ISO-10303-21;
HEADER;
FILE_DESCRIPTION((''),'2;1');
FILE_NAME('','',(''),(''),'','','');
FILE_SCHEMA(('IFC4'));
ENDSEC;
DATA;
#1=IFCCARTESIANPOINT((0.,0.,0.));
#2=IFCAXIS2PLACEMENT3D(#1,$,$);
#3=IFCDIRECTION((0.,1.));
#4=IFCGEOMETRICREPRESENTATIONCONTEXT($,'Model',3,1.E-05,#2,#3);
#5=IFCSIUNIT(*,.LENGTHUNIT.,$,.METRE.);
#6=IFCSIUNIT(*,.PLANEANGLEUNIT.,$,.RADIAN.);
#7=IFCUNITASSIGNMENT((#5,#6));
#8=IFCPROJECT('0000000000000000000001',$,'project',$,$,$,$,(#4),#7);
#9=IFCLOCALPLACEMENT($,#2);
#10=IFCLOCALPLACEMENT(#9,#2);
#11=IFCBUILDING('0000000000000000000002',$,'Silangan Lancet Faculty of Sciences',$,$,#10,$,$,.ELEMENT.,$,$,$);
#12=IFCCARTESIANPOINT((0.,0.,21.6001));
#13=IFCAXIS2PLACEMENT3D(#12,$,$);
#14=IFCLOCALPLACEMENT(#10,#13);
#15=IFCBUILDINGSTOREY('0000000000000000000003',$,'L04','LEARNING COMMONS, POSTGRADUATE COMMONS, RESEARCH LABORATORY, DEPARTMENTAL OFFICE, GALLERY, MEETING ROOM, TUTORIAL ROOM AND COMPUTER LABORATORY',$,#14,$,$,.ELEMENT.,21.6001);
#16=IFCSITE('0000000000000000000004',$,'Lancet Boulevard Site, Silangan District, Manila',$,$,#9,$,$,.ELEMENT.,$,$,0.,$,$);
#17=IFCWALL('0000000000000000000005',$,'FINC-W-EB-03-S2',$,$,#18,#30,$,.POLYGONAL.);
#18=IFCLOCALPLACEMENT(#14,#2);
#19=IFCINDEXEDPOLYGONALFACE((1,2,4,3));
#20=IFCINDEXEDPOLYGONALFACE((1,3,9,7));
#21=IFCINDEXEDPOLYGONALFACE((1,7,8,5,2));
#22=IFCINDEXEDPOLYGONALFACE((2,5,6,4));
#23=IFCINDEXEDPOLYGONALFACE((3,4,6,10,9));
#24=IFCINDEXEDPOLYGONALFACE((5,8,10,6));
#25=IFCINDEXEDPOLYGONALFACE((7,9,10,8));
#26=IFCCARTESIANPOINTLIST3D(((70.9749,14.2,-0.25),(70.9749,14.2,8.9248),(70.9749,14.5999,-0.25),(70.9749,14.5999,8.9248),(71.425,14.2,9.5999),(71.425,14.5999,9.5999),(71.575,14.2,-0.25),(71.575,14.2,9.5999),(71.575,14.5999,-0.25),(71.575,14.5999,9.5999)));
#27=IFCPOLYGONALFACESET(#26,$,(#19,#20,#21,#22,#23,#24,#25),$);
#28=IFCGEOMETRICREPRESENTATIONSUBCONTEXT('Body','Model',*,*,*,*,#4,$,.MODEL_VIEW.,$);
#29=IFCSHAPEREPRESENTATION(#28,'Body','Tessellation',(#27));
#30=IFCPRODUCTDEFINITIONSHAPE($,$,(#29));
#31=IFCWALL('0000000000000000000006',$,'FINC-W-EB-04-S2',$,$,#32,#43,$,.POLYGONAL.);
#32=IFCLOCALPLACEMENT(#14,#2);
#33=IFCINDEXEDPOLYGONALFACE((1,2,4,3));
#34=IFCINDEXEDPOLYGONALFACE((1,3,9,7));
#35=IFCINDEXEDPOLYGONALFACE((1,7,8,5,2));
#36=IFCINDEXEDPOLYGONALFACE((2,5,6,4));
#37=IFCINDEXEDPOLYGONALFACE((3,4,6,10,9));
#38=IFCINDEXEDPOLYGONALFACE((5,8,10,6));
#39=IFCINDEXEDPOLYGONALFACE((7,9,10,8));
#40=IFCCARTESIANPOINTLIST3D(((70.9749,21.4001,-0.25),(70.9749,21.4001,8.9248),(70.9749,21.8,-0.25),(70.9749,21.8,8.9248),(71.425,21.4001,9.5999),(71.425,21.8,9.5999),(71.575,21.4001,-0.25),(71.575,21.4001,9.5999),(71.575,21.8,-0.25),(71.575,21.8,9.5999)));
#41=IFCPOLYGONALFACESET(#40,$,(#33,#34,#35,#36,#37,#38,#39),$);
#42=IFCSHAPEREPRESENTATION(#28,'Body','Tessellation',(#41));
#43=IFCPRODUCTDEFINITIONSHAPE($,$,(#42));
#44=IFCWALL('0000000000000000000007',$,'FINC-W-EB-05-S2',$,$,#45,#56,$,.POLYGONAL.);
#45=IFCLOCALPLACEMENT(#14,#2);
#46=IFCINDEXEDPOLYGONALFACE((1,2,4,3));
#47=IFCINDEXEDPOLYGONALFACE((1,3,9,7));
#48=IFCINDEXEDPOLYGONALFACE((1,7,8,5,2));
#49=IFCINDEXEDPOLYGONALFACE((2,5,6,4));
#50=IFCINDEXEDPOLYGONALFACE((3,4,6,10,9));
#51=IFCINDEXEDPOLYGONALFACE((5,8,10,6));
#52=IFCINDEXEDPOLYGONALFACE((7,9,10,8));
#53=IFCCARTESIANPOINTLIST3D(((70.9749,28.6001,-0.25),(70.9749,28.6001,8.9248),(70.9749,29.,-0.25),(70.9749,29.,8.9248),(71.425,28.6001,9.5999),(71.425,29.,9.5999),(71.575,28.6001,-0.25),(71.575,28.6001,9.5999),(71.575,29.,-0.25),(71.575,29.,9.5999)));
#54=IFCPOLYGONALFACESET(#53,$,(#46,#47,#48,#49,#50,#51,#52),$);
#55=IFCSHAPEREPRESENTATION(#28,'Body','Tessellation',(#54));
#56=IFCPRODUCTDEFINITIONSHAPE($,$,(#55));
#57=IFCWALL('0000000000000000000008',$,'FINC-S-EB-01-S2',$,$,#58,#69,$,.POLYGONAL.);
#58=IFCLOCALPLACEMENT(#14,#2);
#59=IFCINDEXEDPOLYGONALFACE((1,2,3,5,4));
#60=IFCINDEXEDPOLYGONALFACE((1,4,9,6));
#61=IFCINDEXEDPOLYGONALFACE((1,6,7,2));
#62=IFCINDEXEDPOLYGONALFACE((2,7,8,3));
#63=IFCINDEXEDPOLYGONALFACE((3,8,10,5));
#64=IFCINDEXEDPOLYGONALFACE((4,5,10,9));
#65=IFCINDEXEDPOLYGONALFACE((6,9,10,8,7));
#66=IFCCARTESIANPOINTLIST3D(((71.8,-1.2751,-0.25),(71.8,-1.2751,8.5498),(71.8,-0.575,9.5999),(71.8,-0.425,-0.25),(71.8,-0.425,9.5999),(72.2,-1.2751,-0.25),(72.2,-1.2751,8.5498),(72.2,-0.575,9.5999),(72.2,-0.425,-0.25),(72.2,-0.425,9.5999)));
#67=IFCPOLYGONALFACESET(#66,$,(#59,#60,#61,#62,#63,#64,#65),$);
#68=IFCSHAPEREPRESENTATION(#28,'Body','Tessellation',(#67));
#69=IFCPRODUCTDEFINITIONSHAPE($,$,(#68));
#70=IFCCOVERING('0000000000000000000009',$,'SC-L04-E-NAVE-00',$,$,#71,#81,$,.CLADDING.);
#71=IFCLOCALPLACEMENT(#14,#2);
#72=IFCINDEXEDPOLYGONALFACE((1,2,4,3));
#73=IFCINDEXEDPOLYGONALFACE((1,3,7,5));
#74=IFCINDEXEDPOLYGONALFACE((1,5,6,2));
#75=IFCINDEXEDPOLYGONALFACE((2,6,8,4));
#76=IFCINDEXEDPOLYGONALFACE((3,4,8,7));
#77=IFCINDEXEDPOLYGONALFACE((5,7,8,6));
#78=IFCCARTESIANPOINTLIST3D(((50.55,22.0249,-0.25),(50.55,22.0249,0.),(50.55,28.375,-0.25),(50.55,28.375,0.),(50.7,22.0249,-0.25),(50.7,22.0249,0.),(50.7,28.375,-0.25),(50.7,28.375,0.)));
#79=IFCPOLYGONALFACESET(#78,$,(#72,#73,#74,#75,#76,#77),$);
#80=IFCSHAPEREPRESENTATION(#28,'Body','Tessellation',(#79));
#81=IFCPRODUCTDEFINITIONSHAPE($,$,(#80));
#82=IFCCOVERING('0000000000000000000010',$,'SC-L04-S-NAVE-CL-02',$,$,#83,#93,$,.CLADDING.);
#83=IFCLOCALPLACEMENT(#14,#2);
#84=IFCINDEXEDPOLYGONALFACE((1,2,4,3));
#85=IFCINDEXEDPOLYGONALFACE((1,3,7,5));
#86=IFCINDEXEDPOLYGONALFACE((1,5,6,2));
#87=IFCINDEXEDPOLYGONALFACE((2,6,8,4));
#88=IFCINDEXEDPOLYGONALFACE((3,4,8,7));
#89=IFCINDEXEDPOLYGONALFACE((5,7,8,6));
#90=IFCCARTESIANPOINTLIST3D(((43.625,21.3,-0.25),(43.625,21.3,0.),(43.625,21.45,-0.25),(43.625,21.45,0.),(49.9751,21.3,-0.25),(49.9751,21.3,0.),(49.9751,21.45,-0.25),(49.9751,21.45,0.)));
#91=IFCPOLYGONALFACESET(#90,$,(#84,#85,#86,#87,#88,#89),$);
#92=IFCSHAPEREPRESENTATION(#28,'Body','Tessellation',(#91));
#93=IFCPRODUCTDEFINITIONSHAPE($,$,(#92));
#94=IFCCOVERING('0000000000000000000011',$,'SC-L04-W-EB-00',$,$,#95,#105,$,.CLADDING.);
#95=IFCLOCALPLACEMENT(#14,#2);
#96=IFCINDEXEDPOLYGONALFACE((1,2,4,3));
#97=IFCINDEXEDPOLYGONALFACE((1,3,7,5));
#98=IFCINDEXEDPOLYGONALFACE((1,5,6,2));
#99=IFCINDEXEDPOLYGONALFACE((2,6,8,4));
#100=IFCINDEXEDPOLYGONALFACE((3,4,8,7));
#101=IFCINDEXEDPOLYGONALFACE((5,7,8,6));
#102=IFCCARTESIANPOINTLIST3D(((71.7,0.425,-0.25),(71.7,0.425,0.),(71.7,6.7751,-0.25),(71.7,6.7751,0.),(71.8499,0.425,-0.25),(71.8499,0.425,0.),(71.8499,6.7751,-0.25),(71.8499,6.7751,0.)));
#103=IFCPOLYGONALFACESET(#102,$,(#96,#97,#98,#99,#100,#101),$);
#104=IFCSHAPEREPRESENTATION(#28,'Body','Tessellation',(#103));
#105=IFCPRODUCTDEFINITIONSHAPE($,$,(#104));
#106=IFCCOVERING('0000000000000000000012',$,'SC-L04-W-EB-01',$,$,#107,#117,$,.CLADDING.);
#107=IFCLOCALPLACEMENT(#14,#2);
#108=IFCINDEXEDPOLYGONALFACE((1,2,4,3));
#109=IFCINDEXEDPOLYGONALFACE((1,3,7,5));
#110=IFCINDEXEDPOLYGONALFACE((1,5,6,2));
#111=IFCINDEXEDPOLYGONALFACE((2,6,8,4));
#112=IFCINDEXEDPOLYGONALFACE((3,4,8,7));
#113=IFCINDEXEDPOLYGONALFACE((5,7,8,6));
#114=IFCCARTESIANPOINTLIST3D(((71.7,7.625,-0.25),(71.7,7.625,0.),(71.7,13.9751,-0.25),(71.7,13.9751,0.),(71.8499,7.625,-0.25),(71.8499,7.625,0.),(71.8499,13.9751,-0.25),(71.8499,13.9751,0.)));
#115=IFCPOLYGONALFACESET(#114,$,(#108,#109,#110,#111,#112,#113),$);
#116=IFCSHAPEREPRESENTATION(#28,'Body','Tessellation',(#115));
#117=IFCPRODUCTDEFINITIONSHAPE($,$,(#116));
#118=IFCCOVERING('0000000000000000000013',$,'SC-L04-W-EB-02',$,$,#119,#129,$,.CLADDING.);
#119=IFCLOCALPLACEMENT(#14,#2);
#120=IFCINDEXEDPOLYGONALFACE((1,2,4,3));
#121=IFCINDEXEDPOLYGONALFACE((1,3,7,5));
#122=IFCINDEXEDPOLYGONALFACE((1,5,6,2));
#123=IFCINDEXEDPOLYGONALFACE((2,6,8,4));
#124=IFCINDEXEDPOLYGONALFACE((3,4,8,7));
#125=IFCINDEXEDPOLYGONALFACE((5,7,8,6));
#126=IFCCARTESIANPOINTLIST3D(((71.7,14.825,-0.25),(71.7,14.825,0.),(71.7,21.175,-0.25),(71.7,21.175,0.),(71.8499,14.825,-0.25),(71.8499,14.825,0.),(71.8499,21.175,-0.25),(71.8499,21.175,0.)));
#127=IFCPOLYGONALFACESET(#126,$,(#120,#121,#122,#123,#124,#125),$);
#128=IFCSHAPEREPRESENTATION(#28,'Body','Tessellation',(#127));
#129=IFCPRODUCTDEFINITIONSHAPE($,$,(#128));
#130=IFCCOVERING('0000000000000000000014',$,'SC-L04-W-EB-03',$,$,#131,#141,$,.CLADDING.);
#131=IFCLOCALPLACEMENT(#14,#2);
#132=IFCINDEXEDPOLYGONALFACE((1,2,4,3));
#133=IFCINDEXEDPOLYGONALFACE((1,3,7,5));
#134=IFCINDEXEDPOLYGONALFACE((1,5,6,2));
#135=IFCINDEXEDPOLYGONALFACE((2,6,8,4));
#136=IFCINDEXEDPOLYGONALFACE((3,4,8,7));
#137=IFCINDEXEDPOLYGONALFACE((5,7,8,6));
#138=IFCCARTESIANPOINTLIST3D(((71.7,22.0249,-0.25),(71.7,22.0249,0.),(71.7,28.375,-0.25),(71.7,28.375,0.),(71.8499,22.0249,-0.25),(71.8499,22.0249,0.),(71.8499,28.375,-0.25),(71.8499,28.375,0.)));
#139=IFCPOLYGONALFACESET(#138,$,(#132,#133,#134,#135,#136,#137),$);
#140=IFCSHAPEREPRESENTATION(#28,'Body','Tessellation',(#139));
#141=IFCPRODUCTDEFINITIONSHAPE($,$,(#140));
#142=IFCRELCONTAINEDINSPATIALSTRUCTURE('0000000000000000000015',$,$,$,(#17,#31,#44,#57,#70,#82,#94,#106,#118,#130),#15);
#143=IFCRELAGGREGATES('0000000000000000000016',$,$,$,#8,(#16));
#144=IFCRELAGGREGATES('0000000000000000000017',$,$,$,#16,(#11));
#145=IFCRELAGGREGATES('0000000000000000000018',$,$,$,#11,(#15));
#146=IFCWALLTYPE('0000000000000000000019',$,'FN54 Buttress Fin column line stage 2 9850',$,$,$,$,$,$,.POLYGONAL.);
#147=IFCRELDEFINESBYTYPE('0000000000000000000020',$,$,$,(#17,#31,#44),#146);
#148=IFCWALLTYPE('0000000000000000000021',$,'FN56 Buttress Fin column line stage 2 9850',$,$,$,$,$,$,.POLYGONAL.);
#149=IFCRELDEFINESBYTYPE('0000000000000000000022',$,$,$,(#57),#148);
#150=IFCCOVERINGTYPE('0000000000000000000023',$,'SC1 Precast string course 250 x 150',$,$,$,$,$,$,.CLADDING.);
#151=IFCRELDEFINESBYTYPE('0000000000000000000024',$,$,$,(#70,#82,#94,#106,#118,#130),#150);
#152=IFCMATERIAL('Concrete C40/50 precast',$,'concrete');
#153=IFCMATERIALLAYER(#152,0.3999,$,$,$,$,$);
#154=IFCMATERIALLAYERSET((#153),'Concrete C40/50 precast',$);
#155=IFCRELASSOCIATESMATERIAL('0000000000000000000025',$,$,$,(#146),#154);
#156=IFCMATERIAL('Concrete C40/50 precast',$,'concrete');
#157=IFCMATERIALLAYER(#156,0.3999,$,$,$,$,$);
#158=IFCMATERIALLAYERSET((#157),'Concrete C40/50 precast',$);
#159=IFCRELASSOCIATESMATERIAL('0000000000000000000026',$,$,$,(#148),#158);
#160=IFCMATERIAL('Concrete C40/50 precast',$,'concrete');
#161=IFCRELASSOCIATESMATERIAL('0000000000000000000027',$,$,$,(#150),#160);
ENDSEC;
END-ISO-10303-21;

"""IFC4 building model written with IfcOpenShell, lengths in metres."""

from ifc_helpers import new_model, si_unit, direction, frame, origin, origin_2d, place, context, subcontext, project, spatial, polyline, rectangle, outline, extrude, material, layer, layer_set, type_object, element, save


model = new_model("IFC4")

# Units and contexts
model_context = context("Model", 3, precision=1e-05, world=origin(), true_north=direction((0.0, 1.0)))
body_context = subcontext(model_context, "Body", "Model", "MODEL_VIEW")
ifc_project = project(units=[si_unit("LENGTHUNIT", "METRE"), si_unit("PLANEANGLEUNIT", "RADIAN")], contexts=[model_context])

# Site, building, storey
site_placement = place(None, origin())
site = spatial("IfcSite", under=ifc_project, at=site_placement, Name="Lancet Boulevard Site, Silangan District, Manila", CompositionType="ELEMENT", RefElevation=0.0)
building_placement = place(site_placement, origin())
building = spatial("IfcBuilding", under=site, at=building_placement, Name="Silangan Lancet Faculty of Sciences", CompositionType="ELEMENT")
storey_placement = place(building_placement, frame((0.0, 0.0, 21.6001)))
storey = spatial("IfcBuildingStorey", under=building, at=storey_placement, Name="L04", Description="LEARNING COMMONS, POSTGRADUATE COMMONS, RESEARCH LABORATORY, DEPARTMENTAL OFFICE, GALLERY, MEETING ROOM, TUTORIAL ROOM AND COMPUTER LABORATORY", CompositionType="ELEMENT", Elevation=21.6001)

# Walls
ifc_material_1 = material(Name="Concrete C40/50 precast", Category="concrete")
ifc_layer_1 = layer(ifc_material_1, 0.3999)
ifc_layer_set_1 = layer_set([ifc_layer_1], Name="Concrete C40/50 precast")
wall_type_1 = type_object("IfcWallType", Name="FN54 Buttress Fin column line stage 2 9850", PredefinedType="POLYGONAL", material=ifc_layer_set_1)
for number, where, z_axis, x_axis, name in (
    (1, (71.575, 14.3999, -0.25), (0.0, 0.0, 1.0), (-1.0, 0.0, 0.0), "FINC-W-EB-03-S2"),
    (2, (71.575, 21.6001, -0.25), (0.0, 0.0, 1.0), (-1.0, 0.0, 0.0), "FINC-W-EB-04-S2"),
    (3, (71.575, 28.8, -0.25), (0.0, 0.0, 1.0), (-1.0, 0.0, 0.0), "FINC-W-EB-05-S2"),
):
    element("IfcWall", number, at=place(storey_placement, frame(where, z_axis=z_axis, x_axis=x_axis)), inside=storey, type_object=wall_type_1, Name=name, PredefinedType="POLYGONAL", context=body_context, shape_type="SweptSolid", body=[
        extrude(outline(polyline([(0.6001, 0.0), (0.6001, 9.1748), (0.1499, 9.8499), (0.0, 9.8499), (0.0, 0.0), (0.6001, 0.0)])), frame((0.0, 0.2, 0.0), z_axis=(0.0, -1.0, 0.0), x_axis=(1.0, 0.0, 0.0)), (0.0, 0.0, 1.0), 0.3999),
    ])
ifc_material_2 = material(Name="Concrete C40/50 precast", Category="concrete")
ifc_layer_2 = layer(ifc_material_2, 0.3999)
ifc_layer_set_2 = layer_set([ifc_layer_2], Name="Concrete C40/50 precast")
wall_type_2 = type_object("IfcWallType", Name="FN56 Buttress Fin column line stage 2 9850", PredefinedType="POLYGONAL", material=ifc_layer_set_2)
wall_1_placement = place(storey_placement, frame((72.0, -0.425, -0.25), z_axis=(0.0, 0.0, 1.0), x_axis=(0.0, -1.0, 0.0)))
element("IfcWall", 4, at=wall_1_placement, inside=storey, type_object=wall_type_2, Name="FINC-S-EB-01-S2", PredefinedType="POLYGONAL", context=body_context, shape_type="SweptSolid", body=[
    extrude(outline(polyline([(0.8501, 0.0), (0.8501, 8.7998), (0.1499, 9.8499), (0.0, 9.8499), (0.0, 0.0), (0.8501, 0.0)])), frame((0.0, 0.2, 0.0), z_axis=(0.0, -1.0, 0.0), x_axis=(1.0, 0.0, 0.0)), (0.0, 0.0, 1.0), 0.3999),
])

# Coverings
ifc_material_3 = material(Name="Concrete C40/50 precast", Category="concrete")
covering_type = type_object("IfcCoveringType", Name="SC1 Precast string course 250 x 150", PredefinedType="CLADDING", material=ifc_material_3)
covering_1_placement = place(storey_placement, frame((50.625, 25.2, -0.25), z_axis=(0.0, 0.0, 1.0), x_axis=(1.0, 0.0, 0.0)))
element("IfcCovering", 5, at=covering_1_placement, inside=storey, type_object=covering_type, Name="SC-L04-E-NAVE-00", PredefinedType="CLADDING", context=body_context, shape_type="SweptSolid", body=[
    extrude(rectangle(XDim=0.1499, YDim=6.3501, at=origin_2d()), origin(), (0.0, 0.0, 1.0), 0.25),
])
covering_2_placement = place(storey_placement, frame((46.8, 21.375, -0.25), z_axis=(0.0, 0.0, 1.0), x_axis=(1.0, 0.0, 0.0)))
element("IfcCovering", 6, at=covering_2_placement, inside=storey, type_object=covering_type, Name="SC-L04-S-NAVE-CL-02", PredefinedType="CLADDING", context=body_context, shape_type="SweptSolid", body=[
    extrude(rectangle(XDim=6.3501, YDim=0.1499, at=origin_2d()), origin(), (0.0, 0.0, 1.0), 0.25),
])
for number, where, z_axis, x_axis, name in (
    (7, (71.7749, 3.6001, -0.25), (0.0, 0.0, 1.0), (1.0, 0.0, 0.0), "SC-L04-W-EB-00"),
    (8, (71.7749, 10.8, -0.25), (0.0, 0.0, 1.0), (1.0, 0.0, 0.0), "SC-L04-W-EB-01"),
    (9, (71.7749, 18.0, -0.25), (0.0, 0.0, 1.0), (1.0, 0.0, 0.0), "SC-L04-W-EB-02"),
    (10, (71.7749, 25.2, -0.25), (0.0, 0.0, 1.0), (1.0, 0.0, 0.0), "SC-L04-W-EB-03"),
):
    element("IfcCovering", number, at=place(storey_placement, frame(where, z_axis=z_axis, x_axis=x_axis)), inside=storey, type_object=covering_type, Name=name, PredefinedType="CLADDING", context=body_context, shape_type="SweptSolid", body=[
        extrude(rectangle(XDim=0.1499, YDim=6.3501, at=origin_2d()), origin(), (0.0, 0.0, 1.0), 0.25),
    ])

save(model, "model.ifc")
